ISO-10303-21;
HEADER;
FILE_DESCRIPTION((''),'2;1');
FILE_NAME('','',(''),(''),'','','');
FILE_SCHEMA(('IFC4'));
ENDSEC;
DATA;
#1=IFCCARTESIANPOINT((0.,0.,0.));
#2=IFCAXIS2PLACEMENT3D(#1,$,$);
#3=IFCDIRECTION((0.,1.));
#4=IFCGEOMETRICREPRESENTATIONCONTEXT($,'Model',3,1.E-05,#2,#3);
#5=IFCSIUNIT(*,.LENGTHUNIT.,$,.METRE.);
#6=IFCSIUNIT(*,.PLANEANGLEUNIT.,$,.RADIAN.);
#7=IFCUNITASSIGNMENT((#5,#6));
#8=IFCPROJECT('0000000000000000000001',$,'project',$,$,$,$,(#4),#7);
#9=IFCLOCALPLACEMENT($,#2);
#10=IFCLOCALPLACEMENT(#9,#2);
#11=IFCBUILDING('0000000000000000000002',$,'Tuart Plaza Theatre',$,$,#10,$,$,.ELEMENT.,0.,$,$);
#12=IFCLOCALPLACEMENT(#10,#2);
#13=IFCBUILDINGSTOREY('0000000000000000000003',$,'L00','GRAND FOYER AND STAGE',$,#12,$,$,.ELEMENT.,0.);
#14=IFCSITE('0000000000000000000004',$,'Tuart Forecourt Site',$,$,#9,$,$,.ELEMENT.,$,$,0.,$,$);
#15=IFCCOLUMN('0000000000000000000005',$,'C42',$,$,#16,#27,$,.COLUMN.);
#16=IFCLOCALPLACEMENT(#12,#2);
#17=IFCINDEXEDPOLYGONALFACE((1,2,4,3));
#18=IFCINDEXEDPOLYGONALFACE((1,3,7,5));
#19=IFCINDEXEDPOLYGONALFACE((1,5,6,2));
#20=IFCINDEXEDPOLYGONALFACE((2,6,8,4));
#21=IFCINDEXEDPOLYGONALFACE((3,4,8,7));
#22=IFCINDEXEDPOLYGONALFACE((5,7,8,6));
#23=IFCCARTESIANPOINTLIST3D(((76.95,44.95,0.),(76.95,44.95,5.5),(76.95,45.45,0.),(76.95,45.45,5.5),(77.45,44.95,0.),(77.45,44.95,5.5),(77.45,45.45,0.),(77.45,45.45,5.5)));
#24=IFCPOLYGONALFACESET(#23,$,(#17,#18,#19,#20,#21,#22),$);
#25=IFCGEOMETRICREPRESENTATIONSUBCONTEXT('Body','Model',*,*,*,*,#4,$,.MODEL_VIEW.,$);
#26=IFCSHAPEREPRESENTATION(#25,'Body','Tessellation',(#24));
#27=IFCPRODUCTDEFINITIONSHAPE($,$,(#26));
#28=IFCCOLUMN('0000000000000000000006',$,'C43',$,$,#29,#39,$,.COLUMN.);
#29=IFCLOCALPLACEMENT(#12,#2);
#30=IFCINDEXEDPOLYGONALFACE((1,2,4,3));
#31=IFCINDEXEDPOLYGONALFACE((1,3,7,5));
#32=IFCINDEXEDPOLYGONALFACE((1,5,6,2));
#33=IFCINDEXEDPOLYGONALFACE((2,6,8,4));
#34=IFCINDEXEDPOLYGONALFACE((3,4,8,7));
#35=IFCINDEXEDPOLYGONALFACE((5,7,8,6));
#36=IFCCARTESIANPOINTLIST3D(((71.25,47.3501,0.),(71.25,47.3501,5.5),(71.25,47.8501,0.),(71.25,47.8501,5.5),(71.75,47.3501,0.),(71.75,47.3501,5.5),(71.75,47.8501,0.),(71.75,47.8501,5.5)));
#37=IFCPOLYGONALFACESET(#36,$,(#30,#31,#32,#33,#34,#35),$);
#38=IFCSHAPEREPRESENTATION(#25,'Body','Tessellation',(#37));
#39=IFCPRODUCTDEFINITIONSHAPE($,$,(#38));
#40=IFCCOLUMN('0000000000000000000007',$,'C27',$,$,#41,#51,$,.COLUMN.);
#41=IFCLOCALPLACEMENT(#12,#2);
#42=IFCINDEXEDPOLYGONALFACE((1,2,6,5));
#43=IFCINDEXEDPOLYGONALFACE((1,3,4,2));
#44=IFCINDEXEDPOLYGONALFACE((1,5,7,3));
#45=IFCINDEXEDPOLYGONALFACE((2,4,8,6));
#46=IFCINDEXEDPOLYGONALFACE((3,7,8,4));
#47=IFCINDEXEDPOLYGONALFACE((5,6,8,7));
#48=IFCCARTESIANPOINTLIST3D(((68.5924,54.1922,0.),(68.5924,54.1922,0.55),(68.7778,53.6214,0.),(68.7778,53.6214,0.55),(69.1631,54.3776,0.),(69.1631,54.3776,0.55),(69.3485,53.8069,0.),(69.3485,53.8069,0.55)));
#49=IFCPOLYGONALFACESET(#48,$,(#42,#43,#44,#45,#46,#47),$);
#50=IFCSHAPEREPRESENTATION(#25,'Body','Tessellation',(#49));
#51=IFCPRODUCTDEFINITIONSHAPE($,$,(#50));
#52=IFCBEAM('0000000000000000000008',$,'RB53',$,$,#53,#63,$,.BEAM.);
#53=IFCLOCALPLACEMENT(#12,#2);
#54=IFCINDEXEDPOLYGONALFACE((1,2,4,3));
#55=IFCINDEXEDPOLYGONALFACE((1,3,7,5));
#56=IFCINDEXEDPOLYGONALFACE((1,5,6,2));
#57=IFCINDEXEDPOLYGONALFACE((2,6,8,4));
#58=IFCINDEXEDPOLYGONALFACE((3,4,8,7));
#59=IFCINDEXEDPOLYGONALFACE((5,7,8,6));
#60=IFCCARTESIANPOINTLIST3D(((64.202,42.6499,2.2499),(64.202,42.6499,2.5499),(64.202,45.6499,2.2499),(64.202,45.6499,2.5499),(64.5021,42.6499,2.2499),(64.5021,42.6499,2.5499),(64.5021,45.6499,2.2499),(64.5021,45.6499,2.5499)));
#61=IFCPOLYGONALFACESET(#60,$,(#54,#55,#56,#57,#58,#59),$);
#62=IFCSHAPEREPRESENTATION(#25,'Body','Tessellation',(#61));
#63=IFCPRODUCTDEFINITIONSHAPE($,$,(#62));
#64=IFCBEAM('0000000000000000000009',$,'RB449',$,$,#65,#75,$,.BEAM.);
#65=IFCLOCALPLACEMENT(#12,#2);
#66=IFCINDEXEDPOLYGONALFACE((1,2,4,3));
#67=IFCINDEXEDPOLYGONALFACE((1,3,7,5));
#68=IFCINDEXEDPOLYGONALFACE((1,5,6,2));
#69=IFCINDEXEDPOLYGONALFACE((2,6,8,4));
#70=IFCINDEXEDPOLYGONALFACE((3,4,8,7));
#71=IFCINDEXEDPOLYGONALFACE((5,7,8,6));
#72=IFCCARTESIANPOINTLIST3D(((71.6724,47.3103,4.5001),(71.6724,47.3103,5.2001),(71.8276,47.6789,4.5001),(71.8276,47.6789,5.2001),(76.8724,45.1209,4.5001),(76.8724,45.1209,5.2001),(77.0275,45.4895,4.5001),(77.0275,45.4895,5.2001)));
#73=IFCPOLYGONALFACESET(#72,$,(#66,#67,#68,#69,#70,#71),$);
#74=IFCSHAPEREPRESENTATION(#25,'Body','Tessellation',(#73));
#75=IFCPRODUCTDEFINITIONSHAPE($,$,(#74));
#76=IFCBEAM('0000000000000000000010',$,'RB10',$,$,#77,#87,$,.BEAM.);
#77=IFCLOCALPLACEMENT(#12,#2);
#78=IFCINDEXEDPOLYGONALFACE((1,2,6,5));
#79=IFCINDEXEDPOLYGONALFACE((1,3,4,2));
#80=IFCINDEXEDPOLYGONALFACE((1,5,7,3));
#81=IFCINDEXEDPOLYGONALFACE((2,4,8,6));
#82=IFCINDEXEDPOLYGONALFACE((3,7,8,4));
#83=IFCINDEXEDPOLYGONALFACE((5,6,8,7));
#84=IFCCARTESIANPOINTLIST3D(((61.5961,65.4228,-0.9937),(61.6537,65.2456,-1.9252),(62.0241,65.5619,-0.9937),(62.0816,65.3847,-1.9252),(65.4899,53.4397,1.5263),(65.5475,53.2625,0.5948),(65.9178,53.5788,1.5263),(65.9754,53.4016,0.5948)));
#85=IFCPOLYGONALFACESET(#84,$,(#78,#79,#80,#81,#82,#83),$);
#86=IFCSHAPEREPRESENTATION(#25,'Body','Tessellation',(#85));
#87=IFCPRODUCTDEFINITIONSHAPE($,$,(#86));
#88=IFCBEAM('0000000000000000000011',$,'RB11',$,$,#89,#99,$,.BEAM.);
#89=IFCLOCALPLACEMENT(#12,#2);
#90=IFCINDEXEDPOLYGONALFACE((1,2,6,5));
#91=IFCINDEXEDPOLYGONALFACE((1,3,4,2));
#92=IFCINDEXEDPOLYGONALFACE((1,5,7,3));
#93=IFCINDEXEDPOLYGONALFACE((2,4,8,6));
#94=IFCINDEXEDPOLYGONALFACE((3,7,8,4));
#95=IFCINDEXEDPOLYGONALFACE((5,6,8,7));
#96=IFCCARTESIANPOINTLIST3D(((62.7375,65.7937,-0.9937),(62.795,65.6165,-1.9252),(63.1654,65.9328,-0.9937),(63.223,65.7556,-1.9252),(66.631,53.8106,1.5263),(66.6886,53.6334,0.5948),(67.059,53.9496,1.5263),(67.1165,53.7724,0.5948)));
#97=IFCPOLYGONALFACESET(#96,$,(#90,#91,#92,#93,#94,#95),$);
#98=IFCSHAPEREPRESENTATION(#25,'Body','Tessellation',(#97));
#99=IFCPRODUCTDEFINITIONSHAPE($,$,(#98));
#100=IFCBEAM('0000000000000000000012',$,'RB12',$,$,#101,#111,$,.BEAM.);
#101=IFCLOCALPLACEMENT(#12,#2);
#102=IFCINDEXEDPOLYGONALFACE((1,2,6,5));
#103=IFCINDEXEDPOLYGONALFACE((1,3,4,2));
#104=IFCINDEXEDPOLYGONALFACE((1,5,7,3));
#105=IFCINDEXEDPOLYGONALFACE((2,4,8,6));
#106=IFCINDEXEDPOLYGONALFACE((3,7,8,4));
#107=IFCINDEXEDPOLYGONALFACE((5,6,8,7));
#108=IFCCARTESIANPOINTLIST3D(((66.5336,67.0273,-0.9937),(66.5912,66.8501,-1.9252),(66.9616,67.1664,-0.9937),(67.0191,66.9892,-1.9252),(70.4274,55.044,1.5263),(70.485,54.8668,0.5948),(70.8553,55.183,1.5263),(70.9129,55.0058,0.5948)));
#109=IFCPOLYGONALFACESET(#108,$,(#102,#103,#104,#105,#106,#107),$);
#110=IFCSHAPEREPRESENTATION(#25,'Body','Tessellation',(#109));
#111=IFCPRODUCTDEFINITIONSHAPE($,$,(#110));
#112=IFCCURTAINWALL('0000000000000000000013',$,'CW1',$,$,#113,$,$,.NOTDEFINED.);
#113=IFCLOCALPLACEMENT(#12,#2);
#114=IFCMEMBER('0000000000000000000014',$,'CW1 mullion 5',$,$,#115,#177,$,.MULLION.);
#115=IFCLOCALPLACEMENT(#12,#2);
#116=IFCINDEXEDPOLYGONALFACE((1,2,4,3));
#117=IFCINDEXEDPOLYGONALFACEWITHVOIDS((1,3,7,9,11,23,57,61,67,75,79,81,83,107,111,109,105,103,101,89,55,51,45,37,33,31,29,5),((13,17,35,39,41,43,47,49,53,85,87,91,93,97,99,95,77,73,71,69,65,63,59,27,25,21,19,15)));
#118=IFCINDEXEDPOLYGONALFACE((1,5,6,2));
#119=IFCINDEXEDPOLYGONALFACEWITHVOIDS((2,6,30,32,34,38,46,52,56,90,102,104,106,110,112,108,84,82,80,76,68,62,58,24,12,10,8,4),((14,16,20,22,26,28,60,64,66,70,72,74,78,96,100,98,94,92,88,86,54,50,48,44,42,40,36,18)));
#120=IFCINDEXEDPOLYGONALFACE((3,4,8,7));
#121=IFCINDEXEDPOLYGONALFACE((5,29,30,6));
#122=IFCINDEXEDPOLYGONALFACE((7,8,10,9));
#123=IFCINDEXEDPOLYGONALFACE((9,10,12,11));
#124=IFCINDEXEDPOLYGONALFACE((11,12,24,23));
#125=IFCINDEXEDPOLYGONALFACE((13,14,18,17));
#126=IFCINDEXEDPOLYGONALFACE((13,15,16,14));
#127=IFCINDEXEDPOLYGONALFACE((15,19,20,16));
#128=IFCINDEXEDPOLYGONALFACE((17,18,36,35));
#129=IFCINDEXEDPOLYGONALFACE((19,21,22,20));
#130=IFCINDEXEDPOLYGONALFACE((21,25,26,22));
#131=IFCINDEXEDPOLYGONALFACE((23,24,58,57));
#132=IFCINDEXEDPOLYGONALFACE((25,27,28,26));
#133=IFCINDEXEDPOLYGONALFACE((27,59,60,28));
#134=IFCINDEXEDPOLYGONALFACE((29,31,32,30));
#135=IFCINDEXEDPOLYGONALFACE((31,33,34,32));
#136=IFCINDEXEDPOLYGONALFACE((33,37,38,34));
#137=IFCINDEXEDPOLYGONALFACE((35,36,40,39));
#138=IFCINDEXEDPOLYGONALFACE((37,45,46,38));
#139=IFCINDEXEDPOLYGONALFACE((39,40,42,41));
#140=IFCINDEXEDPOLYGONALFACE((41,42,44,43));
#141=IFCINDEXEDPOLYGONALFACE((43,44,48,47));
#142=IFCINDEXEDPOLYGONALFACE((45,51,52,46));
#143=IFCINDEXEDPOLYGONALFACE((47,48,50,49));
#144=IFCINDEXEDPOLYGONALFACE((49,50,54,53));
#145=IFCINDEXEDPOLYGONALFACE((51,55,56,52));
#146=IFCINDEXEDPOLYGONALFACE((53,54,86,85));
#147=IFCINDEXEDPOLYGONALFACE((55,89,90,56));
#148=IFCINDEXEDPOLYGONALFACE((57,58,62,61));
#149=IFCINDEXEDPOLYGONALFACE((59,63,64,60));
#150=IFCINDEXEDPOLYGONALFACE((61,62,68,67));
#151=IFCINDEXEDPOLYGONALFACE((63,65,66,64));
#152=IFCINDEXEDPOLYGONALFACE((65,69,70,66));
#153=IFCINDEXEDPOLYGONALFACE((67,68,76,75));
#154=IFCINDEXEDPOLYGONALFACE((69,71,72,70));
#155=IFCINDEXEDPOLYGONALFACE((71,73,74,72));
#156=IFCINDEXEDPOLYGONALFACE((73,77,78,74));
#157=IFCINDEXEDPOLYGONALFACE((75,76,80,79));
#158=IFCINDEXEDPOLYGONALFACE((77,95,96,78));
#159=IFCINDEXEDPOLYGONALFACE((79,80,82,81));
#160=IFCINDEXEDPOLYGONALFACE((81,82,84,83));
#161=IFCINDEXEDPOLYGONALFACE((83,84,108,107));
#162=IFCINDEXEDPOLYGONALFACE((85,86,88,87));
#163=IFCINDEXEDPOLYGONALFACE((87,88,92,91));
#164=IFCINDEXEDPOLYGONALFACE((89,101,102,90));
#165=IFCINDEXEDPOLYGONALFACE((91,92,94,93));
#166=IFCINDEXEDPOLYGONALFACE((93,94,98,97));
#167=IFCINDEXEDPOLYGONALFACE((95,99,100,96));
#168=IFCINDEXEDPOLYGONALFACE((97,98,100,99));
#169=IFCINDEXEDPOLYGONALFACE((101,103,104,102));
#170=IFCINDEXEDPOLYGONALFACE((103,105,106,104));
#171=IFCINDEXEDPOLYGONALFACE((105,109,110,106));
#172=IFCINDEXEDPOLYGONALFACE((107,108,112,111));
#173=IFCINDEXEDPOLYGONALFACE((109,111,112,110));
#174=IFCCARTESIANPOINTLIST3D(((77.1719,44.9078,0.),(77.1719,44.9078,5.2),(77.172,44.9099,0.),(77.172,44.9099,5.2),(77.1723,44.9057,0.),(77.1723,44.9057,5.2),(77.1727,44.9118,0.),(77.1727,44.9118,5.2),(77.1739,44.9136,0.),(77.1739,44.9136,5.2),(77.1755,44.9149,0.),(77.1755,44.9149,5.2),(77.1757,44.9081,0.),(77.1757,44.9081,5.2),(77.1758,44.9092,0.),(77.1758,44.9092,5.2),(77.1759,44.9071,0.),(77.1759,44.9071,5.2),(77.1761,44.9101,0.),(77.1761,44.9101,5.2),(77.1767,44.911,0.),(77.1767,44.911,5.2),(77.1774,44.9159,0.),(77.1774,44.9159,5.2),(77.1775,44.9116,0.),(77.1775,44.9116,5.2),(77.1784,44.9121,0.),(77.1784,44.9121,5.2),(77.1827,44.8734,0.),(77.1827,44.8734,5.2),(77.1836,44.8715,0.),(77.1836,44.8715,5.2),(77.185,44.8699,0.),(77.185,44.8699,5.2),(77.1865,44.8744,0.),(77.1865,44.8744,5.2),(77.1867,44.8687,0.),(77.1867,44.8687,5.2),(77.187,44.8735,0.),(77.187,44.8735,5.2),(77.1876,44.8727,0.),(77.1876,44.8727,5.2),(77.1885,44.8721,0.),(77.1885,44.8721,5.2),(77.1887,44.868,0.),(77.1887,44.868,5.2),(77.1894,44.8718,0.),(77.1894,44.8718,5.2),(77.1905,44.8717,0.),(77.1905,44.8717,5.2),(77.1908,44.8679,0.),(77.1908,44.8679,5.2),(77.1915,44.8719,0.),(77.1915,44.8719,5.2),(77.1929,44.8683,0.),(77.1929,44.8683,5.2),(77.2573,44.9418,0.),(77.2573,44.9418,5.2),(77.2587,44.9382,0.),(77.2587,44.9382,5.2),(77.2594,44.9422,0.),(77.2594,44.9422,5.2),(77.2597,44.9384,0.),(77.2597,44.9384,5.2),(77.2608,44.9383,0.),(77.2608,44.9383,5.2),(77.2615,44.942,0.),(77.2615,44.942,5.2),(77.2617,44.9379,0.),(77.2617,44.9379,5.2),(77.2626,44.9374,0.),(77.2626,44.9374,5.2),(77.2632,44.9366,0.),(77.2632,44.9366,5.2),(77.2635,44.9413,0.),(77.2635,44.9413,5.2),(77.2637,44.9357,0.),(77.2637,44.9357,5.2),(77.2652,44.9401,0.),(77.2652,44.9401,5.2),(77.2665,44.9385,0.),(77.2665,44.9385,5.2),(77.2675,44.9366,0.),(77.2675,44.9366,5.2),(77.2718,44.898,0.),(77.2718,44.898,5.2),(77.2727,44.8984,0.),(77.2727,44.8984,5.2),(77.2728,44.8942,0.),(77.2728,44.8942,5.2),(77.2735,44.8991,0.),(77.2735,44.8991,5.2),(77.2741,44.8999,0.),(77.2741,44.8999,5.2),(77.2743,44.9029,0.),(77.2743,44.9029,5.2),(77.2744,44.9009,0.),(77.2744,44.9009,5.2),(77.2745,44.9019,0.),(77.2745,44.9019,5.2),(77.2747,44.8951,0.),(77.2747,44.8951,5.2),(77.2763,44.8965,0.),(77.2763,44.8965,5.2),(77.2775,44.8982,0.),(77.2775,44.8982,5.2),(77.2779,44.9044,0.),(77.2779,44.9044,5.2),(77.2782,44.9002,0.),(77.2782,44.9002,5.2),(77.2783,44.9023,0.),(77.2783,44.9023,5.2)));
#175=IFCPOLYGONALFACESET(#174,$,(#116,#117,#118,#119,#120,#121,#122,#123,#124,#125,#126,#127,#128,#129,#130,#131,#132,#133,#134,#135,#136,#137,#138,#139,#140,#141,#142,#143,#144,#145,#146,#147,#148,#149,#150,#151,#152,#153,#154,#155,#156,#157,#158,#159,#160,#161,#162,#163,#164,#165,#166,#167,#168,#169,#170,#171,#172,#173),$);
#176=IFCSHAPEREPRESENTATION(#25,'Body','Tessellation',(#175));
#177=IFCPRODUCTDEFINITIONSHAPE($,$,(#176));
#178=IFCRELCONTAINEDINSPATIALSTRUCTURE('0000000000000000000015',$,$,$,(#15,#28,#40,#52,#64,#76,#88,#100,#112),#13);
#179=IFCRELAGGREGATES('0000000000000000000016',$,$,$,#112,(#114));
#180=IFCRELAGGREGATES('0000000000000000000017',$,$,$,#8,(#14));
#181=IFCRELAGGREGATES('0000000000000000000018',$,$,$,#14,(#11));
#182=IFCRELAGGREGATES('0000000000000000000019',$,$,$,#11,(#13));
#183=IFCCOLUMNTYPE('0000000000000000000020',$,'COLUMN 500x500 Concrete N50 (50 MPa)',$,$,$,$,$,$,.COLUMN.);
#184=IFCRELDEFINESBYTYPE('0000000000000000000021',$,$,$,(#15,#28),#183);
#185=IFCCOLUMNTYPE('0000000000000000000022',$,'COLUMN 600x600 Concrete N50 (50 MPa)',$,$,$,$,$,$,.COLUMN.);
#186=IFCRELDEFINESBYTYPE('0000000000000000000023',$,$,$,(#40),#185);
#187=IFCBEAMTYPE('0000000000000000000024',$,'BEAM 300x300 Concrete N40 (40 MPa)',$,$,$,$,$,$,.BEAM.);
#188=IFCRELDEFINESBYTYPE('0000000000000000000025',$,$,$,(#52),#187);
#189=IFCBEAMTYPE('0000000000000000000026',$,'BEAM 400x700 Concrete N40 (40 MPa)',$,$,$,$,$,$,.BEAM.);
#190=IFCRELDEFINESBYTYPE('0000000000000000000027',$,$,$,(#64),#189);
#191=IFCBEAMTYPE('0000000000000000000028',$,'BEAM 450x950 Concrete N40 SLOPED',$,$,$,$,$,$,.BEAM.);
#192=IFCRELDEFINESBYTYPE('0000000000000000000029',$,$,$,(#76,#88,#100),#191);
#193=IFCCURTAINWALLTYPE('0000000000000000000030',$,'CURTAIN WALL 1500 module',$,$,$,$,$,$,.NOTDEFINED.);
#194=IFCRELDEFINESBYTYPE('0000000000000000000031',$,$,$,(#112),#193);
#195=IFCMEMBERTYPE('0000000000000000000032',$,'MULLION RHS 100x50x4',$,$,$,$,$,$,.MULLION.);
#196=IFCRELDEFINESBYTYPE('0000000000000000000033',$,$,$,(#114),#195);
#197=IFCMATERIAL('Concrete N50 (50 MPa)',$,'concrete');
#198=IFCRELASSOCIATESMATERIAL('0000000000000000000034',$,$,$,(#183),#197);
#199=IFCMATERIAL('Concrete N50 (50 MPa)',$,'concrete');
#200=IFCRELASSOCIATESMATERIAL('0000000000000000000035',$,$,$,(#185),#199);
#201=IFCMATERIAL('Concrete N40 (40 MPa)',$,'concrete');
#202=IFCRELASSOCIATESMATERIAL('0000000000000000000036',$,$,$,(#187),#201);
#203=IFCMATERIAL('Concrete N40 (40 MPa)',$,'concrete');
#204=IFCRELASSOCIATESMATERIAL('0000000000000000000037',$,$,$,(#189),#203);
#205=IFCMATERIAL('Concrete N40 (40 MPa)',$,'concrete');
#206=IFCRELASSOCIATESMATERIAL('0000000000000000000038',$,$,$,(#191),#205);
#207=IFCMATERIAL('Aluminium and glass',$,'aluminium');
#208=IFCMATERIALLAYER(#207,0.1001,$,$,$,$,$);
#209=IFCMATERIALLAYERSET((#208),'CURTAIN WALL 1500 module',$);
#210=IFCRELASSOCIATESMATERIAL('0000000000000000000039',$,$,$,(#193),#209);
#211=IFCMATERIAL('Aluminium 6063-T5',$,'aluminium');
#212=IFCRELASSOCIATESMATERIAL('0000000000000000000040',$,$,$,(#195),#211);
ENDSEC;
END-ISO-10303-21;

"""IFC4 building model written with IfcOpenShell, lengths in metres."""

from ifc_helpers import new_model, si_unit, direction, frame, origin, origin_2d, place, context, subcontext, project, spatial, rectangle, hollow_rectangle, extrude, material, layer, layer_set, material_profile, profile_set, type_object, element, aggregate, save


model = new_model("IFC4")

# Units and contexts
model_context = context("Model", 3, precision=1e-05, world=origin(), true_north=direction((0.0, 1.0)))
body_context = subcontext(model_context, "Body", "Model", "MODEL_VIEW")
ifc_project = project(units=[si_unit("LENGTHUNIT", "METRE"), si_unit("PLANEANGLEUNIT", "RADIAN")], contexts=[model_context])

# Site, building, storey
site_placement = place(None, origin())
site = spatial("IfcSite", under=ifc_project, at=site_placement, Name="Tuart Forecourt Site", CompositionType="ELEMENT", RefElevation=0.0)
building_placement = place(site_placement, origin())
building = spatial("IfcBuilding", under=site, at=building_placement, Name="Tuart Plaza Theatre", CompositionType="ELEMENT", ElevationOfRefHeight=0.0)
storey_placement = place(building_placement, origin())
storey = spatial("IfcBuildingStorey", under=building, at=storey_placement, Name="L00", Description="GRAND FOYER AND STAGE", CompositionType="ELEMENT", Elevation=0.0)

# Columns
ifc_material_1 = material(Name="Concrete N50 (50 MPa)", Category="concrete")
ifc_material_profile_1 = material_profile(ifc_material_1, rectangle(XDim=0.5, YDim=0.5, at=origin_2d()), Name="COLUMN 500x500 Concrete N50 (50 MPa)")
ifc_profile_set_1 = profile_set([ifc_material_profile_1], Name="Concrete N50 (50 MPa)")
column_type_1 = type_object("IfcColumnType", Name="COLUMN 500x500 Concrete N50 (50 MPa)", PredefinedType="COLUMN", material=ifc_profile_set_1)
for number, where, z_axis, x_axis, name in (
    (1, (77.2, 45.2, 0.0), (0.0, 0.0, 1.0), (1.0, 0.0, 0.0), "C42"),
    (2, (71.5, 47.6001, 0.0), (0.0, 0.0, 1.0), (1.0, 0.0, 0.0), "C43"),
):
    element("IfcColumn", number, at=place(storey_placement, frame(where, z_axis=z_axis, x_axis=x_axis)), inside=storey, type_object=column_type_1, Name=name, PredefinedType="COLUMN", context=body_context, shape_type="SweptSolid", body=[
        extrude(rectangle(XDim=0.5, YDim=0.5, at=origin_2d()), origin(), (0.0, 0.0, 1.0), 5.5),
    ])
ifc_material_2 = material(Name="Concrete N50 (50 MPa)", Category="concrete")
ifc_material_profile_2 = material_profile(ifc_material_2, rectangle(XDim=0.6001, YDim=0.6001, at=origin_2d()), Name="COLUMN 600x600 Concrete N50 (50 MPa)")
ifc_profile_set_2 = profile_set([ifc_material_profile_2], Name="Concrete N50 (50 MPa)")
column_type_2 = type_object("IfcColumnType", Name="COLUMN 600x600 Concrete N50 (50 MPa)", PredefinedType="COLUMN", material=ifc_profile_set_2)
column_placement = place(storey_placement, frame((68.9705, 53.9995, 0.0), z_axis=(0.0, 0.0, 1.0), x_axis=(0.951057, 0.309017, 0.0)))
element("IfcColumn", 3, at=column_placement, inside=storey, type_object=column_type_2, Name="C27", PredefinedType="COLUMN", context=body_context, shape_type="SweptSolid", body=[
    extrude(rectangle(XDim=0.6001, YDim=0.6001, at=origin_2d()), origin(), (0.0, 0.0, 1.0), 0.55),
])

# Beams
ifc_material_3 = material(Name="Concrete N40 (40 MPa)", Category="concrete")
ifc_material_profile_3 = material_profile(ifc_material_3, rectangle(XDim=0.3, YDim=0.3, at=origin_2d()), Name="BEAM 300x300 Concrete N40 (40 MPa)")
ifc_profile_set_3 = profile_set([ifc_material_profile_3], Name="Concrete N40 (40 MPa)")
beam_type_1 = type_object("IfcBeamType", Name="BEAM 300x300 Concrete N40 (40 MPa)", PredefinedType="BEAM", material=ifc_profile_set_3)
beam_1_placement = place(storey_placement, frame((64.3521, 45.6499, 2.3999), z_axis=(0.0, -1.0, 0.0), x_axis=(1.0, 0.0, 0.0)))
element("IfcBeam", 4, at=beam_1_placement, inside=storey, type_object=beam_type_1, Name="RB53", PredefinedType="BEAM", context=body_context, shape_type="SweptSolid", body=[
    extrude(rectangle(XDim=0.3, YDim=0.3, at=origin_2d()), origin(), (0.0, 0.0, 1.0), 3.0),
])
ifc_material_4 = material(Name="Concrete N40 (40 MPa)", Category="concrete")
ifc_material_profile_4 = material_profile(ifc_material_4, rectangle(XDim=0.3999, YDim=0.7, at=origin_2d()), Name="BEAM 400x700 Concrete N40 (40 MPa)")
ifc_profile_set_4 = profile_set([ifc_material_profile_4], Name="Concrete N40 (40 MPa)")
beam_type_2 = type_object("IfcBeamType", Name="BEAM 400x700 Concrete N40 (40 MPa)", PredefinedType="BEAM", material=ifc_profile_set_4)
beam_2_placement = place(storey_placement, frame((76.95, 45.3052, 4.8501), z_axis=(-0.921635, 0.388057, 0.0), x_axis=(-0.388057, -0.921635, 0.0)))
element("IfcBeam", 5, at=beam_2_placement, inside=storey, type_object=beam_type_2, Name="RB449", PredefinedType="BEAM", context=body_context, shape_type="SweptSolid", body=[
    extrude(rectangle(XDim=0.3999, YDim=0.7, at=origin_2d()), origin(), (0.0, 0.0, 1.0), 5.6421),
])
ifc_material_5 = material(Name="Concrete N40 (40 MPa)", Category="concrete")
ifc_material_profile_5 = material_profile(ifc_material_5, rectangle(XDim=0.45, YDim=0.95, at=origin_2d()), Name="BEAM 450x950 Concrete N40 SLOPED")
ifc_profile_set_5 = profile_set([ifc_material_profile_5], Name="Concrete N40 (40 MPa)")
beam_type_3 = type_object("IfcBeamType", Name="BEAM 450x950 Concrete N40 SLOPED", PredefinedType="BEAM", material=ifc_profile_set_5)
for number, where, z_axis, x_axis, name in (
    (6, (65.7327, 53.4207, 1.0605), (-0.303033, 0.932582, -0.196119), (-0.951051, -0.309034, 0.0), "RB10"),
    (7, (66.8738, 53.7915, 1.0605), (-0.303015, 0.932587, -0.19612), (-0.951057, -0.309016, 0.0), "RB11"),
):
    element("IfcBeam", number, at=place(storey_placement, frame(where, z_axis=z_axis, x_axis=x_axis)), inside=storey, type_object=beam_type_3, Name=name, PredefinedType="BEAM", context=body_context, shape_type="SweptSolid", body=[
        extrude(rectangle(XDim=0.45, YDim=0.95, at=origin_2d()), origin(), (0.0, 0.0, 1.0), 12.8494),
    ])
beam_3_placement = place(storey_placement, frame((70.6702, 55.0249, 1.0605), z_axis=(-0.303027, 0.932584, -0.196116), x_axis=(-0.951053, -0.309028, 0.0)))
element("IfcBeam", 8, at=beam_3_placement, inside=storey, type_object=beam_type_3, Name="RB12", PredefinedType="BEAM", context=body_context, shape_type="SweptSolid", body=[
    extrude(rectangle(XDim=0.45, YDim=0.95, at=origin_2d()), origin(), (0.0, 0.0, 1.0), 12.8496),
])

# Curtain wall, member
ifc_material_6 = material(Name="Aluminium and glass", Category="aluminium")
ifc_layer_1 = layer(ifc_material_6, 0.1001)
ifc_layer_set_1 = layer_set([ifc_layer_1], Name="CURTAIN WALL 1500 module")
curtain_wall_type = type_object("IfcCurtainWallType", Name="CURTAIN WALL 1500 module", PredefinedType="NOTDEFINED", material=ifc_layer_set_1)
curtain_wall_placement = place(storey_placement, origin())
curtain_wall = element("IfcCurtainWall", 9, at=curtain_wall_placement, inside=storey, type_object=curtain_wall_type, Name="CW1", PredefinedType="NOTDEFINED")
ifc_material_7 = material(Name="Aluminium 6063-T5", Category="aluminium")
ifc_material_profile_6 = material_profile(ifc_material_7, hollow_rectangle(XDim=0.05, YDim=0.1001, WallThickness=0.0039, InnerFilletRadius=0.0039, OuterFilletRadius=0.0081, at=origin_2d()), Name="RHS 100x50x4")
ifc_profile_set_6 = profile_set([ifc_material_profile_6], Name="Aluminium 6063-T5")
member_type_1 = type_object("IfcMemberType", Name="MULLION RHS 100x50x4", PredefinedType="MULLION", material=ifc_profile_set_6)
member_1_placement = place(storey_placement, frame((77.2251, 44.905, 0.0), z_axis=(0.0, 0.0, 1.0), x_axis=(-0.308986, 0.951067, 0.0)))
member_1 = element("IfcMember", 10, at=member_1_placement, type_object=member_type_1, Name="CW1 mullion 5", PredefinedType="MULLION", context=body_context, shape_type="SweptSolid", body=[
    extrude(hollow_rectangle(XDim=0.05, YDim=0.1001, WallThickness=0.0039, InnerFilletRadius=0.0039, OuterFilletRadius=0.0081, at=origin_2d()), origin(), (0.0, 0.0, 1.0), 5.2),
])
aggregate(curtain_wall, [member_1])

save(model, "model.ifc")
